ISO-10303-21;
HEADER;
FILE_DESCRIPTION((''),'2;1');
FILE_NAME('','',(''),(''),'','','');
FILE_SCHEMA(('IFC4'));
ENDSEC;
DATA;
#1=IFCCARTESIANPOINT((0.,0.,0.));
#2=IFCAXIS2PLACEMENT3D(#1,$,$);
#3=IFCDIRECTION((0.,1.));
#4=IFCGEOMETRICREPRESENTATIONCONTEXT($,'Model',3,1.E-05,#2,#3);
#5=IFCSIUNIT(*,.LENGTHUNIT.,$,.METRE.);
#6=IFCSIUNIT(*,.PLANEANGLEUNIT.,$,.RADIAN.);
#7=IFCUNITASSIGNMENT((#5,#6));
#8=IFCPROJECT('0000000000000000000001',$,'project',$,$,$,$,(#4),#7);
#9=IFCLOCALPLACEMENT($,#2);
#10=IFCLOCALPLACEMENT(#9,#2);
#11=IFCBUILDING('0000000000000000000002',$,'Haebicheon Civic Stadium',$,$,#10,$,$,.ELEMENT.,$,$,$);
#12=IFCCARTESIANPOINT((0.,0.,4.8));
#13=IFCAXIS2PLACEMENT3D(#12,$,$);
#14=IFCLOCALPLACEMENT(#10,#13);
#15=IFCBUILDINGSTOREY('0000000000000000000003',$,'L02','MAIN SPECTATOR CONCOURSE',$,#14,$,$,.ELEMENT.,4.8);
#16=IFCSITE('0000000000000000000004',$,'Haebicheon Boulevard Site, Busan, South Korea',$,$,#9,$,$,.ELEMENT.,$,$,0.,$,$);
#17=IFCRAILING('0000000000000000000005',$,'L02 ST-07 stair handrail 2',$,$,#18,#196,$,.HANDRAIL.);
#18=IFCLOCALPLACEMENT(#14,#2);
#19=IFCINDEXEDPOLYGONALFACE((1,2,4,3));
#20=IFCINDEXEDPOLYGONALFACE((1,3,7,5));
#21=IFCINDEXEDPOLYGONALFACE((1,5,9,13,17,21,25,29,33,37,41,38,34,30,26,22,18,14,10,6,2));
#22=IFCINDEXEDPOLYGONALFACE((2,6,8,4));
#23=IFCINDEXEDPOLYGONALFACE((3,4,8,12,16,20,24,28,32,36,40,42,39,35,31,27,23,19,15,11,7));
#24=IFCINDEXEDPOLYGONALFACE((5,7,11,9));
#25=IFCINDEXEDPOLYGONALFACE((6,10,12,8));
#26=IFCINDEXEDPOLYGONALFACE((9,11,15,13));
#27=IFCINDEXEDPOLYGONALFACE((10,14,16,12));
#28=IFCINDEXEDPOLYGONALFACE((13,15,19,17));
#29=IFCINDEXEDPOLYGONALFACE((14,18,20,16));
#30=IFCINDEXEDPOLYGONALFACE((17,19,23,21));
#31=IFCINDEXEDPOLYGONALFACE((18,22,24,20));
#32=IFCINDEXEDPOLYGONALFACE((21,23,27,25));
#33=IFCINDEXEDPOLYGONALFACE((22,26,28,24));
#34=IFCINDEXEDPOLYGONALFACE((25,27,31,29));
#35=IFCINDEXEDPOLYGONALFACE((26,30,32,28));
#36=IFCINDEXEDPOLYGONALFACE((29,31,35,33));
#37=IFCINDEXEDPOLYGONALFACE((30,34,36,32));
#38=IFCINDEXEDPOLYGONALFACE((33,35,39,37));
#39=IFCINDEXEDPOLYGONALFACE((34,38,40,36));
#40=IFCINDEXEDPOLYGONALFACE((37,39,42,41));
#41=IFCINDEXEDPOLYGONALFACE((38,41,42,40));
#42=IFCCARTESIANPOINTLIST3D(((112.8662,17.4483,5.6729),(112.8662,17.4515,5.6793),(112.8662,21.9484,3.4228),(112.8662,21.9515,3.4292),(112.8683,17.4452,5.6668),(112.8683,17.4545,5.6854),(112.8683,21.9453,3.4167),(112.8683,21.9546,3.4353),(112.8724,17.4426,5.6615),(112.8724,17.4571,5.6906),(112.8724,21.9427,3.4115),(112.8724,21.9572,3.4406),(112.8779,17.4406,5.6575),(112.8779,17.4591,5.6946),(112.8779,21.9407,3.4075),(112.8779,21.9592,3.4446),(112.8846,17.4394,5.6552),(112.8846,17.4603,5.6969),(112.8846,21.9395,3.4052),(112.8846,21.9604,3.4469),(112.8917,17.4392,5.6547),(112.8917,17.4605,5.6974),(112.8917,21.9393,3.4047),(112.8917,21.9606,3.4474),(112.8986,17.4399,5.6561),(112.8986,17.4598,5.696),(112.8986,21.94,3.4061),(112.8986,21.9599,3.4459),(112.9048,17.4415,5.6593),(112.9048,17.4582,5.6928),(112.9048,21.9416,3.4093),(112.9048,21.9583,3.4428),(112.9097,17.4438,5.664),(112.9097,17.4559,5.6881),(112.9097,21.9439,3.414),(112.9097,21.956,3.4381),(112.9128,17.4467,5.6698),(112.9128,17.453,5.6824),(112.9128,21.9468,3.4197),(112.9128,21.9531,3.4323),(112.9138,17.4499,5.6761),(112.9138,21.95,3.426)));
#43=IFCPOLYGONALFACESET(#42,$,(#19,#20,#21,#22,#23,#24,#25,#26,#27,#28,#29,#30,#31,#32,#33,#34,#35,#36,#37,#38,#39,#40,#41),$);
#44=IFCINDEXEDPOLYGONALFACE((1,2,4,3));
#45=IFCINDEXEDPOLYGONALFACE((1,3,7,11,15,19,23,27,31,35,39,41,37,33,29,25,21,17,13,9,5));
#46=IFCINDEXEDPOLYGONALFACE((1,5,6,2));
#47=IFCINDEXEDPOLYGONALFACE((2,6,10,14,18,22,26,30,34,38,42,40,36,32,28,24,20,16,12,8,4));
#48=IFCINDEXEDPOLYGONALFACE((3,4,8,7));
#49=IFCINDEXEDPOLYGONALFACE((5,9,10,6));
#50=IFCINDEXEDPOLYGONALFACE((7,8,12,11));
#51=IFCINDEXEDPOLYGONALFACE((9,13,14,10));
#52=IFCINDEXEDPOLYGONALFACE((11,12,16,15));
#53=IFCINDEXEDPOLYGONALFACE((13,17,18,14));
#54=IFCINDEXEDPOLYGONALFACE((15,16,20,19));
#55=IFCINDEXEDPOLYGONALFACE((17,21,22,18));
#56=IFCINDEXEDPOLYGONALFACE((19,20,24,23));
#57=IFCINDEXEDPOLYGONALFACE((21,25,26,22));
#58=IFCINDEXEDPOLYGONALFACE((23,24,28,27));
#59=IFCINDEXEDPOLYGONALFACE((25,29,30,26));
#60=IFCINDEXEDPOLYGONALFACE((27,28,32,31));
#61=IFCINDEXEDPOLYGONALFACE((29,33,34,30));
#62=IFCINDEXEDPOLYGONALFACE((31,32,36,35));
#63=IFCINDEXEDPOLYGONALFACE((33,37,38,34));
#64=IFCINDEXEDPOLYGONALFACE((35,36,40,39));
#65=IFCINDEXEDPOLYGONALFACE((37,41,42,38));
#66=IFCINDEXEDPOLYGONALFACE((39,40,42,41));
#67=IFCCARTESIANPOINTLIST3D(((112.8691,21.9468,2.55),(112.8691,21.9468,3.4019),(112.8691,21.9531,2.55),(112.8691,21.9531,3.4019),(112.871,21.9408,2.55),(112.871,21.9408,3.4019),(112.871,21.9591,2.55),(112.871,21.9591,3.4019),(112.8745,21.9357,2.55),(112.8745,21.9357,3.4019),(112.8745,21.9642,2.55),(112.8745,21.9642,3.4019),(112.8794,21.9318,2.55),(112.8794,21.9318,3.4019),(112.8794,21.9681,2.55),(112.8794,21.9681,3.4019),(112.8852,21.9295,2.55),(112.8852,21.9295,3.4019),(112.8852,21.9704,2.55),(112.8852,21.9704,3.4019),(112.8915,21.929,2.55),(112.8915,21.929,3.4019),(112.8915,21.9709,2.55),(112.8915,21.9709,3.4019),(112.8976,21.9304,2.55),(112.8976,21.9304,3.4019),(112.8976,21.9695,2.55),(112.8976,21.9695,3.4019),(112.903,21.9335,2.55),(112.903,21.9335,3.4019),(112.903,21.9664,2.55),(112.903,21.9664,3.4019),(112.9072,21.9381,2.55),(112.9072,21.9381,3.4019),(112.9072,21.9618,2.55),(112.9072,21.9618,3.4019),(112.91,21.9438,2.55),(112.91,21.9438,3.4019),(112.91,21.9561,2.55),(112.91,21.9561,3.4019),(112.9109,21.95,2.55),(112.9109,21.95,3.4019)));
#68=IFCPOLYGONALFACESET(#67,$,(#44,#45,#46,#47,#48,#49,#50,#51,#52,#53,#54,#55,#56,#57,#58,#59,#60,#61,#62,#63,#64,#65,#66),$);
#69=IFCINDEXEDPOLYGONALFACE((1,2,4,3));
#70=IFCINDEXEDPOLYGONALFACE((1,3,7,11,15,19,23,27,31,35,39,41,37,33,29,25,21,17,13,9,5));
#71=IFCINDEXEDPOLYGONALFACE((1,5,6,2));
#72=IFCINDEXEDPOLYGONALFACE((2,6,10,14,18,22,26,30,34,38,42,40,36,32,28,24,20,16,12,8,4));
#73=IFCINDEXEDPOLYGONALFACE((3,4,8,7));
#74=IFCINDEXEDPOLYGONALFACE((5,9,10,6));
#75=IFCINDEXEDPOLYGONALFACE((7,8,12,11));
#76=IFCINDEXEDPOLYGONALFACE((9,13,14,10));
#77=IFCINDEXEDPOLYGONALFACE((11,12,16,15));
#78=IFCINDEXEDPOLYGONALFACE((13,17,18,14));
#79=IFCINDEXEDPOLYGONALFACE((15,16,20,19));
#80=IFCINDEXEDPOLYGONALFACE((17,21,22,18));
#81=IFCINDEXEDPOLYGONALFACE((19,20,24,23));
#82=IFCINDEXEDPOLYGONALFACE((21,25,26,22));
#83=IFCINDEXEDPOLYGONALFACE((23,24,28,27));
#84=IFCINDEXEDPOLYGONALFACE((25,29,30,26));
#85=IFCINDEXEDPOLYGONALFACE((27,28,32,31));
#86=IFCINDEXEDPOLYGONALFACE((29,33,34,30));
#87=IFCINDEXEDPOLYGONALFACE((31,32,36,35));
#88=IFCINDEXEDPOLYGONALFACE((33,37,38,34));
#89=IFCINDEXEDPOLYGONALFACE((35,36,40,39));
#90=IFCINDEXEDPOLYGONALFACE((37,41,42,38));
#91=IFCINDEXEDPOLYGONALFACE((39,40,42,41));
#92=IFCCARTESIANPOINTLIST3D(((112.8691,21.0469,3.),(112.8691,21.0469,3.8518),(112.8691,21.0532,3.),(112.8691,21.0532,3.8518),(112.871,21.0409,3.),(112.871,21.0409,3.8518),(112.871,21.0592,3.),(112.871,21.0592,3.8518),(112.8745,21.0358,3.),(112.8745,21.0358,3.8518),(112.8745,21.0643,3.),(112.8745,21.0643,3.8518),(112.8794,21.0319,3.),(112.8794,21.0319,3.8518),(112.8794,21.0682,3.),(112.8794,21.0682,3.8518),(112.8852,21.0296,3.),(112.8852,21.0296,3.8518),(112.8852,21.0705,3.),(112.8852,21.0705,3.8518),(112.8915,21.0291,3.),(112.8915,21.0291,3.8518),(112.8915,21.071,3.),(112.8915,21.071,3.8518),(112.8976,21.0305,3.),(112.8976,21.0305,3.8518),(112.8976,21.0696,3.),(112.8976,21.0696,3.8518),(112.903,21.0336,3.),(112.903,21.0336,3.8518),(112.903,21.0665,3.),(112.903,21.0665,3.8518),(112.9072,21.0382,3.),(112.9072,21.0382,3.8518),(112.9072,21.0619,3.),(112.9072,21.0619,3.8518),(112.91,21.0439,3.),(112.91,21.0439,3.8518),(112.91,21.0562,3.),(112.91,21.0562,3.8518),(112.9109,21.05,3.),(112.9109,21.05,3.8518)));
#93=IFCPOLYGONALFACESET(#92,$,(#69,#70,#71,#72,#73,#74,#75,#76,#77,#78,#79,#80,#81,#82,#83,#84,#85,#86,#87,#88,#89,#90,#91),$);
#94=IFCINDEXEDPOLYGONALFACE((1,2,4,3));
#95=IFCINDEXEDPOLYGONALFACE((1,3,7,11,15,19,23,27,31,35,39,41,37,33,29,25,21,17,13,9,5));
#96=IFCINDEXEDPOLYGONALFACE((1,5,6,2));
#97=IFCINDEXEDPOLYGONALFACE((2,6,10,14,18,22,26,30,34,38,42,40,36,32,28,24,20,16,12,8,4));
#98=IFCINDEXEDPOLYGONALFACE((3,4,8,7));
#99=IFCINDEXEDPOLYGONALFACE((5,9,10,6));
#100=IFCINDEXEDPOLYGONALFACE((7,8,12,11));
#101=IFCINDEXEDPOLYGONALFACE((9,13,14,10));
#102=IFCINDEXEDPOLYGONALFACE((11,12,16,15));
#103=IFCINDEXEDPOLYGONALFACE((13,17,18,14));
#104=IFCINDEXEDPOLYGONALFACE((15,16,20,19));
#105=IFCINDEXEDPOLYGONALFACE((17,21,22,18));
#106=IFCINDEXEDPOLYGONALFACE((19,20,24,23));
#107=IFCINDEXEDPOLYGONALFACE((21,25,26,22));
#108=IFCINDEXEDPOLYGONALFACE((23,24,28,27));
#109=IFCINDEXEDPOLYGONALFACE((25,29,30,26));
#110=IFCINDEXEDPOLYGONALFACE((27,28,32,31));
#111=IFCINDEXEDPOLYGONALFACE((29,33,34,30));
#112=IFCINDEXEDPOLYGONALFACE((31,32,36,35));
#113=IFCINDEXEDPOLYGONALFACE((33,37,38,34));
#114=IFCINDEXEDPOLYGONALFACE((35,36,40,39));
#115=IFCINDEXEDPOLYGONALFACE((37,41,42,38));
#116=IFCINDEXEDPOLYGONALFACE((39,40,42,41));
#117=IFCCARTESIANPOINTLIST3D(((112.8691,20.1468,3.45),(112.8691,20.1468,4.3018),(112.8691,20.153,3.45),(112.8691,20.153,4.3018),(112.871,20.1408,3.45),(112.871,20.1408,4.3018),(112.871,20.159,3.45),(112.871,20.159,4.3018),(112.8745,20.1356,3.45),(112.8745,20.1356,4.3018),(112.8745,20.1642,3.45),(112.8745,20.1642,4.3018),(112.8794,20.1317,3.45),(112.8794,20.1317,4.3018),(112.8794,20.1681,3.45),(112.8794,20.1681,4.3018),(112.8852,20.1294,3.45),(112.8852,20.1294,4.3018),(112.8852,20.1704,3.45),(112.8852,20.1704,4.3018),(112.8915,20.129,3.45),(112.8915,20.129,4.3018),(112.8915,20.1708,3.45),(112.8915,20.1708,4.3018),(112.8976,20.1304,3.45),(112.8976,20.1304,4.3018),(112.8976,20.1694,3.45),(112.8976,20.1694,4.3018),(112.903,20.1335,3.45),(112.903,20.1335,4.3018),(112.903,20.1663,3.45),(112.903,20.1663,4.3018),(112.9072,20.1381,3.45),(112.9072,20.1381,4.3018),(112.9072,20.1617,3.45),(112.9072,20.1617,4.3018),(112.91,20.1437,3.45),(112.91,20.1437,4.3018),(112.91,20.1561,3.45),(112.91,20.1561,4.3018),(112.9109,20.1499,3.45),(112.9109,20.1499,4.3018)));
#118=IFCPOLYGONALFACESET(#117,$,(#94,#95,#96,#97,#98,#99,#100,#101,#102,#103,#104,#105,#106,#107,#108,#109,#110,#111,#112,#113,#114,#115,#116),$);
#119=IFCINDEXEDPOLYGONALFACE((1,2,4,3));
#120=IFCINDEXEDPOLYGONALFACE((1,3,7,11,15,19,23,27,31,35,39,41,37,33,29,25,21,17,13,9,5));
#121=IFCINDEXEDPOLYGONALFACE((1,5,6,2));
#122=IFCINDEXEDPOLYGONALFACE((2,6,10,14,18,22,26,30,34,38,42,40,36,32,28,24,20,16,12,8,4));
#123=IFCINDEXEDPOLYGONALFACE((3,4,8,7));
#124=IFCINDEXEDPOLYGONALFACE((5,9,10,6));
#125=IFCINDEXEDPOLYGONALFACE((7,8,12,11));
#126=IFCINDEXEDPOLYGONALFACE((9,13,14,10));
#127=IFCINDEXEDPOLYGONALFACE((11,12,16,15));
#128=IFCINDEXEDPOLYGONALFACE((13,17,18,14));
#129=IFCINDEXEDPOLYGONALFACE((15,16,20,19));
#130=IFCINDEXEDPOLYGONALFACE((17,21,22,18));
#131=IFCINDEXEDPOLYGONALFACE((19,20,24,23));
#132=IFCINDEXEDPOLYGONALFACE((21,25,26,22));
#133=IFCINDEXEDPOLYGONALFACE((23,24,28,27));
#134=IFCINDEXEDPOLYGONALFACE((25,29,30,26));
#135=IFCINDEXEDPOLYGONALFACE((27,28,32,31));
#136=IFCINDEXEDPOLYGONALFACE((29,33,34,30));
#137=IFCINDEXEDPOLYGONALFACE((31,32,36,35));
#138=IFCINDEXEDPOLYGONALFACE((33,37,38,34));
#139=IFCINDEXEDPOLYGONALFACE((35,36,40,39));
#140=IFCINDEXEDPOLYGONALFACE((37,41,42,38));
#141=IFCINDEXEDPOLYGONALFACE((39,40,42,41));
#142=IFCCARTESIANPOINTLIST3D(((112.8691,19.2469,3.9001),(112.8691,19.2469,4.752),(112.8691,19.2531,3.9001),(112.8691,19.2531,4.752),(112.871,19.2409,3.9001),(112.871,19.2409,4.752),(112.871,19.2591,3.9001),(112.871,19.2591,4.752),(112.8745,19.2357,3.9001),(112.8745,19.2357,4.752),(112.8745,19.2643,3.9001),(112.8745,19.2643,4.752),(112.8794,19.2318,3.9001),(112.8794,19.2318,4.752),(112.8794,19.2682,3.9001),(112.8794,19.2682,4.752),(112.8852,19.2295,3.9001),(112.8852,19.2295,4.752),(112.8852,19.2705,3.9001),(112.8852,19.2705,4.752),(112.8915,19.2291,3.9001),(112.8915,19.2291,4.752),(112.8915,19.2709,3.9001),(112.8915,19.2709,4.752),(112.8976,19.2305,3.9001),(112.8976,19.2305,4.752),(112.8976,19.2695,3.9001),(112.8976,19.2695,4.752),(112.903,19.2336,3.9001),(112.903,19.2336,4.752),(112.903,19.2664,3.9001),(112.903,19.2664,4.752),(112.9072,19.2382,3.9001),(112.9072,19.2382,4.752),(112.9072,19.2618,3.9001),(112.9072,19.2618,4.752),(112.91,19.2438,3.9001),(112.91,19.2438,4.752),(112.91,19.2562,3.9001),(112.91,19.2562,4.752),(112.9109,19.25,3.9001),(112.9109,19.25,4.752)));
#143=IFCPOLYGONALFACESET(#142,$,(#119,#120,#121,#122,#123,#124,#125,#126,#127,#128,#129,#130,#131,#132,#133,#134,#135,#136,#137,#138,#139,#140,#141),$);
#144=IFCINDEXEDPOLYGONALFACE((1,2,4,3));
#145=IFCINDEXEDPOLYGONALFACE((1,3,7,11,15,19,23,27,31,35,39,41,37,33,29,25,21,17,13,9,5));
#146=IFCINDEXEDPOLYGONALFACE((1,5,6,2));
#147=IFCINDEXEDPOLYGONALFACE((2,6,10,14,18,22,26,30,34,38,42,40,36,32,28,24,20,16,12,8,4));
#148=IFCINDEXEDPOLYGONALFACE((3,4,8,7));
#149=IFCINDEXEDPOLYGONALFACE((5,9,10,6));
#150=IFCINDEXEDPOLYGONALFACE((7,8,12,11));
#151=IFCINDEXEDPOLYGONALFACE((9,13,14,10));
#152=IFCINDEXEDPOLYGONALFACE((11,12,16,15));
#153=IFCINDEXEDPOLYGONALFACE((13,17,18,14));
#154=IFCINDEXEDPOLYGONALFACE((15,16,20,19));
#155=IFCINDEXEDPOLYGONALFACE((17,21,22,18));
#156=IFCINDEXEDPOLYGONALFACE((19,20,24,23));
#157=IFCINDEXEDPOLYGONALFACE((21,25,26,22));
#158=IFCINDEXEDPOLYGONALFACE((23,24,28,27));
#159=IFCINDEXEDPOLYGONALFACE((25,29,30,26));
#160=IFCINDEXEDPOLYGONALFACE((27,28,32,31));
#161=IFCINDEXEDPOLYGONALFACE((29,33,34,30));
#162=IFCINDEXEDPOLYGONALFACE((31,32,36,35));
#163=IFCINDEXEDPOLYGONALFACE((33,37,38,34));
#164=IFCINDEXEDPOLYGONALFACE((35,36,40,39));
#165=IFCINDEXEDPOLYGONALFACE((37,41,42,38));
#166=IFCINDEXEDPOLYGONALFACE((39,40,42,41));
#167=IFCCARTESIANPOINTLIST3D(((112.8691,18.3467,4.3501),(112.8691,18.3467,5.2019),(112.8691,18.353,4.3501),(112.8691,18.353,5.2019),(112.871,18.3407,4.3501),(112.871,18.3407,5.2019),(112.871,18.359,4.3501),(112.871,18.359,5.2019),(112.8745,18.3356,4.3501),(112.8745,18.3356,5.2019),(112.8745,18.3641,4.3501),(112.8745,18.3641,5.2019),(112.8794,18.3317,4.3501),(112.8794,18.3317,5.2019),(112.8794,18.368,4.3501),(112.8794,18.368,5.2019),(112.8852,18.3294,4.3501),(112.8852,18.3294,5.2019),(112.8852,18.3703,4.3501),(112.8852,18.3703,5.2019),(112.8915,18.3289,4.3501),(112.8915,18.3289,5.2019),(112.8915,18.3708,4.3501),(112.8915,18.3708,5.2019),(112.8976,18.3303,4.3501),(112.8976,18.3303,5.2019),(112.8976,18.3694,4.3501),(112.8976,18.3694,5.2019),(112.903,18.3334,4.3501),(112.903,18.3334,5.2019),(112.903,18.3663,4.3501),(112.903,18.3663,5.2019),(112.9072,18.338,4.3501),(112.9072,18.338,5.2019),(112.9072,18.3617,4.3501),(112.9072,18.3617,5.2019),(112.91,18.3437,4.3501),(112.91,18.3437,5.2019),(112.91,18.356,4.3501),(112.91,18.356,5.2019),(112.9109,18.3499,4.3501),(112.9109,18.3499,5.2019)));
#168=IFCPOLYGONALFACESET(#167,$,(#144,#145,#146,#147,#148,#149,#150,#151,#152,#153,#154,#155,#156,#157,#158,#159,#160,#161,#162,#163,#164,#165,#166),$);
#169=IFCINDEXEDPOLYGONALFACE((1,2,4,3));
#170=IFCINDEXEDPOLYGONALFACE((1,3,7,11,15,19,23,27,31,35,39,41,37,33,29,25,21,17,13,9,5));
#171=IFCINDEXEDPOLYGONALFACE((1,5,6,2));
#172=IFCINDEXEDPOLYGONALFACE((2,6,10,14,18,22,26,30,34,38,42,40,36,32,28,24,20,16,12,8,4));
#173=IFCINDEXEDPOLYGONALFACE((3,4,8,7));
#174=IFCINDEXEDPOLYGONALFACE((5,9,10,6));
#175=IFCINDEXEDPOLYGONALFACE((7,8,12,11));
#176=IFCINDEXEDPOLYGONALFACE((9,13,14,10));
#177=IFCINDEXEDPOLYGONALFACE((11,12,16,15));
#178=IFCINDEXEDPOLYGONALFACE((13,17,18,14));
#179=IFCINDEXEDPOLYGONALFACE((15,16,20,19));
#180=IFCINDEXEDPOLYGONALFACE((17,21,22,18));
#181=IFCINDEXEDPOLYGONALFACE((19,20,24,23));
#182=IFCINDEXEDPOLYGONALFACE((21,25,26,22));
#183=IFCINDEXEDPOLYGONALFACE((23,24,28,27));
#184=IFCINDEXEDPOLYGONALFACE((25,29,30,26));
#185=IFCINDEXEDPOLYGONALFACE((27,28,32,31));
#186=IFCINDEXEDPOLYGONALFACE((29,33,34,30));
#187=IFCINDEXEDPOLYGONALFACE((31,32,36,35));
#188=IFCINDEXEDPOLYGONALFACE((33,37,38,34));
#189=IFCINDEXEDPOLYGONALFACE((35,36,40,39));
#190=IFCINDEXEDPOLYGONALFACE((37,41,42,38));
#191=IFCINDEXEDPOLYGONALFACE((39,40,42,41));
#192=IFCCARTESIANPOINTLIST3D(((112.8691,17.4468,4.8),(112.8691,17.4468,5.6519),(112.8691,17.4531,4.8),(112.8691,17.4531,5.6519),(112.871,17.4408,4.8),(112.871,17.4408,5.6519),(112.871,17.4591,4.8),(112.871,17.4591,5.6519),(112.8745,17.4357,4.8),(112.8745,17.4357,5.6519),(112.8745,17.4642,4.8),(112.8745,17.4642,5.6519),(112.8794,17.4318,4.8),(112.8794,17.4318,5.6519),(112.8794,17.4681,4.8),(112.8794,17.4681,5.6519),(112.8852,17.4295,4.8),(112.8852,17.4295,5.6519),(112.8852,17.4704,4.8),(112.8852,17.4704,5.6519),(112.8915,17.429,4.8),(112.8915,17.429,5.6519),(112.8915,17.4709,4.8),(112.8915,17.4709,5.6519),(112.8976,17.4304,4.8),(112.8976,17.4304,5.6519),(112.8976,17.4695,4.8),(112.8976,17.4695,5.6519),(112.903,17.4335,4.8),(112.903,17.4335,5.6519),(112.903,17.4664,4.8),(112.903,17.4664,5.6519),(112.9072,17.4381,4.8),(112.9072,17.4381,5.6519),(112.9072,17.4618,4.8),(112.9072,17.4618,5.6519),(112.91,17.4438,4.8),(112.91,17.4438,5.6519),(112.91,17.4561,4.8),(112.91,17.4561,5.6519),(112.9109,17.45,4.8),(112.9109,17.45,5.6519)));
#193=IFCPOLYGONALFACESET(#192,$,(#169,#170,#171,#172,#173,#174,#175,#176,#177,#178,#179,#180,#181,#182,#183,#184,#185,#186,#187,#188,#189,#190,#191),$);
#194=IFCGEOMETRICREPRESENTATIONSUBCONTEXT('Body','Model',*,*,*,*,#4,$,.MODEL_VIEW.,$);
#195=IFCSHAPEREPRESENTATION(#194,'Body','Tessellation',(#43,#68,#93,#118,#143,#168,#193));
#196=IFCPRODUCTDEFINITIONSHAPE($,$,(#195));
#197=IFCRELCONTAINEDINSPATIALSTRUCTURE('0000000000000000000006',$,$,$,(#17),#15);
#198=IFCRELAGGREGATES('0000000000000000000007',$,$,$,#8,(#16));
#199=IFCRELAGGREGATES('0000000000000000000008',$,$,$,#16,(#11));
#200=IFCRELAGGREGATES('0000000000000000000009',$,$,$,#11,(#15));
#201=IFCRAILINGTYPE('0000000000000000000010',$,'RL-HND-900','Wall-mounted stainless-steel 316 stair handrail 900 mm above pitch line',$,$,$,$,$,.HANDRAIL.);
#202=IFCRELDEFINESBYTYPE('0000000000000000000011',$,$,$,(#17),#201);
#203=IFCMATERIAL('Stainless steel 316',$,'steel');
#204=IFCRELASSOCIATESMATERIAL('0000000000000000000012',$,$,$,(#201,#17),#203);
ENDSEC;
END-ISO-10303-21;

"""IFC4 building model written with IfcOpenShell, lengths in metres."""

from ifc_helpers import new_model, si_unit, direction, frame, origin, origin_2d, place, context, subcontext, project, spatial, circle, extrude, material, type_object, element, save


model = new_model("IFC4")

# Units and contexts
model_context = context("Model", 3, precision=1e-05, world=origin(), true_north=direction((0.0, 1.0)))
body_context = subcontext(model_context, "Body", "Model", "MODEL_VIEW")
ifc_project = project(units=[si_unit("LENGTHUNIT", "METRE"), si_unit("PLANEANGLEUNIT", "RADIAN")], contexts=[model_context])

# Site, building, storey
site_placement = place(None, origin())
site = spatial("IfcSite", under=ifc_project, at=site_placement, Name="Haebicheon Boulevard Site, Busan, South Korea", CompositionType="ELEMENT", RefElevation=0.0)
building_placement = place(site_placement, origin())
building = spatial("IfcBuilding", under=site, at=building_placement, Name="Haebicheon Civic Stadium", CompositionType="ELEMENT")
storey_placement = place(building_placement, frame((0.0, 0.0, 4.8)))
storey = spatial("IfcBuildingStorey", under=building, at=storey_placement, Name="L02", Description="MAIN SPECTATOR CONCOURSE", CompositionType="ELEMENT", Elevation=4.8)

# Railing
ifc_material_1 = material(Name="Stainless steel 316", Category="steel")
railing_type_1 = type_object("IfcRailingType", Name="RL-HND-900", Description="Wall-mounted stainless-steel 316 stair handrail 900 mm above pitch line", PredefinedType="HANDRAIL", material=ifc_material_1)
railing_1_placement = place(storey_placement, frame((112.8899, 21.95, 2.55)))
element("IfcRailing", 1, at=railing_1_placement, inside=storey, type_object=railing_type_1, material=ifc_material_1, Name="L02 ST-07 stair handrail 2", PredefinedType="HANDRAIL", context=body_context, shape_type="SweptSolid", body=[
    extrude(circle(Radius=0.0239, at=origin_2d()), frame((0.0, 0.0, 0.876), z_axis=(0.0, -0.894427, 0.447214), x_axis=(1.0, 0.0, 0.0)), (0.0, 0.0, 1.0), 5.0312),
    extrude(circle(Radius=0.021, at=origin_2d()), origin(), (0.0, 0.0, 1.0), 0.8518),
    extrude(circle(Radius=0.021, at=origin_2d()), frame((0.0, -0.8999, 0.45)), (0.0, 0.0, 1.0), 0.8518),
    extrude(circle(Radius=0.021, at=origin_2d()), frame((0.0, -1.8, 0.8999)), (0.0, 0.0, 1.0), 0.8518),
    extrude(circle(Radius=0.021, at=origin_2d()), frame((0.0, -2.7, 1.3501)), (0.0, 0.0, 1.0), 0.8518),
    extrude(circle(Radius=0.021, at=origin_2d()), frame((0.0, -3.6001, 1.8)), (0.0, 0.0, 1.0), 0.8518),
    extrude(circle(Radius=0.021, at=origin_2d()), frame((0.0, -4.5, 2.25)), (0.0, 0.0, 1.0), 0.8518),
])

save(model, "model.ifc")
